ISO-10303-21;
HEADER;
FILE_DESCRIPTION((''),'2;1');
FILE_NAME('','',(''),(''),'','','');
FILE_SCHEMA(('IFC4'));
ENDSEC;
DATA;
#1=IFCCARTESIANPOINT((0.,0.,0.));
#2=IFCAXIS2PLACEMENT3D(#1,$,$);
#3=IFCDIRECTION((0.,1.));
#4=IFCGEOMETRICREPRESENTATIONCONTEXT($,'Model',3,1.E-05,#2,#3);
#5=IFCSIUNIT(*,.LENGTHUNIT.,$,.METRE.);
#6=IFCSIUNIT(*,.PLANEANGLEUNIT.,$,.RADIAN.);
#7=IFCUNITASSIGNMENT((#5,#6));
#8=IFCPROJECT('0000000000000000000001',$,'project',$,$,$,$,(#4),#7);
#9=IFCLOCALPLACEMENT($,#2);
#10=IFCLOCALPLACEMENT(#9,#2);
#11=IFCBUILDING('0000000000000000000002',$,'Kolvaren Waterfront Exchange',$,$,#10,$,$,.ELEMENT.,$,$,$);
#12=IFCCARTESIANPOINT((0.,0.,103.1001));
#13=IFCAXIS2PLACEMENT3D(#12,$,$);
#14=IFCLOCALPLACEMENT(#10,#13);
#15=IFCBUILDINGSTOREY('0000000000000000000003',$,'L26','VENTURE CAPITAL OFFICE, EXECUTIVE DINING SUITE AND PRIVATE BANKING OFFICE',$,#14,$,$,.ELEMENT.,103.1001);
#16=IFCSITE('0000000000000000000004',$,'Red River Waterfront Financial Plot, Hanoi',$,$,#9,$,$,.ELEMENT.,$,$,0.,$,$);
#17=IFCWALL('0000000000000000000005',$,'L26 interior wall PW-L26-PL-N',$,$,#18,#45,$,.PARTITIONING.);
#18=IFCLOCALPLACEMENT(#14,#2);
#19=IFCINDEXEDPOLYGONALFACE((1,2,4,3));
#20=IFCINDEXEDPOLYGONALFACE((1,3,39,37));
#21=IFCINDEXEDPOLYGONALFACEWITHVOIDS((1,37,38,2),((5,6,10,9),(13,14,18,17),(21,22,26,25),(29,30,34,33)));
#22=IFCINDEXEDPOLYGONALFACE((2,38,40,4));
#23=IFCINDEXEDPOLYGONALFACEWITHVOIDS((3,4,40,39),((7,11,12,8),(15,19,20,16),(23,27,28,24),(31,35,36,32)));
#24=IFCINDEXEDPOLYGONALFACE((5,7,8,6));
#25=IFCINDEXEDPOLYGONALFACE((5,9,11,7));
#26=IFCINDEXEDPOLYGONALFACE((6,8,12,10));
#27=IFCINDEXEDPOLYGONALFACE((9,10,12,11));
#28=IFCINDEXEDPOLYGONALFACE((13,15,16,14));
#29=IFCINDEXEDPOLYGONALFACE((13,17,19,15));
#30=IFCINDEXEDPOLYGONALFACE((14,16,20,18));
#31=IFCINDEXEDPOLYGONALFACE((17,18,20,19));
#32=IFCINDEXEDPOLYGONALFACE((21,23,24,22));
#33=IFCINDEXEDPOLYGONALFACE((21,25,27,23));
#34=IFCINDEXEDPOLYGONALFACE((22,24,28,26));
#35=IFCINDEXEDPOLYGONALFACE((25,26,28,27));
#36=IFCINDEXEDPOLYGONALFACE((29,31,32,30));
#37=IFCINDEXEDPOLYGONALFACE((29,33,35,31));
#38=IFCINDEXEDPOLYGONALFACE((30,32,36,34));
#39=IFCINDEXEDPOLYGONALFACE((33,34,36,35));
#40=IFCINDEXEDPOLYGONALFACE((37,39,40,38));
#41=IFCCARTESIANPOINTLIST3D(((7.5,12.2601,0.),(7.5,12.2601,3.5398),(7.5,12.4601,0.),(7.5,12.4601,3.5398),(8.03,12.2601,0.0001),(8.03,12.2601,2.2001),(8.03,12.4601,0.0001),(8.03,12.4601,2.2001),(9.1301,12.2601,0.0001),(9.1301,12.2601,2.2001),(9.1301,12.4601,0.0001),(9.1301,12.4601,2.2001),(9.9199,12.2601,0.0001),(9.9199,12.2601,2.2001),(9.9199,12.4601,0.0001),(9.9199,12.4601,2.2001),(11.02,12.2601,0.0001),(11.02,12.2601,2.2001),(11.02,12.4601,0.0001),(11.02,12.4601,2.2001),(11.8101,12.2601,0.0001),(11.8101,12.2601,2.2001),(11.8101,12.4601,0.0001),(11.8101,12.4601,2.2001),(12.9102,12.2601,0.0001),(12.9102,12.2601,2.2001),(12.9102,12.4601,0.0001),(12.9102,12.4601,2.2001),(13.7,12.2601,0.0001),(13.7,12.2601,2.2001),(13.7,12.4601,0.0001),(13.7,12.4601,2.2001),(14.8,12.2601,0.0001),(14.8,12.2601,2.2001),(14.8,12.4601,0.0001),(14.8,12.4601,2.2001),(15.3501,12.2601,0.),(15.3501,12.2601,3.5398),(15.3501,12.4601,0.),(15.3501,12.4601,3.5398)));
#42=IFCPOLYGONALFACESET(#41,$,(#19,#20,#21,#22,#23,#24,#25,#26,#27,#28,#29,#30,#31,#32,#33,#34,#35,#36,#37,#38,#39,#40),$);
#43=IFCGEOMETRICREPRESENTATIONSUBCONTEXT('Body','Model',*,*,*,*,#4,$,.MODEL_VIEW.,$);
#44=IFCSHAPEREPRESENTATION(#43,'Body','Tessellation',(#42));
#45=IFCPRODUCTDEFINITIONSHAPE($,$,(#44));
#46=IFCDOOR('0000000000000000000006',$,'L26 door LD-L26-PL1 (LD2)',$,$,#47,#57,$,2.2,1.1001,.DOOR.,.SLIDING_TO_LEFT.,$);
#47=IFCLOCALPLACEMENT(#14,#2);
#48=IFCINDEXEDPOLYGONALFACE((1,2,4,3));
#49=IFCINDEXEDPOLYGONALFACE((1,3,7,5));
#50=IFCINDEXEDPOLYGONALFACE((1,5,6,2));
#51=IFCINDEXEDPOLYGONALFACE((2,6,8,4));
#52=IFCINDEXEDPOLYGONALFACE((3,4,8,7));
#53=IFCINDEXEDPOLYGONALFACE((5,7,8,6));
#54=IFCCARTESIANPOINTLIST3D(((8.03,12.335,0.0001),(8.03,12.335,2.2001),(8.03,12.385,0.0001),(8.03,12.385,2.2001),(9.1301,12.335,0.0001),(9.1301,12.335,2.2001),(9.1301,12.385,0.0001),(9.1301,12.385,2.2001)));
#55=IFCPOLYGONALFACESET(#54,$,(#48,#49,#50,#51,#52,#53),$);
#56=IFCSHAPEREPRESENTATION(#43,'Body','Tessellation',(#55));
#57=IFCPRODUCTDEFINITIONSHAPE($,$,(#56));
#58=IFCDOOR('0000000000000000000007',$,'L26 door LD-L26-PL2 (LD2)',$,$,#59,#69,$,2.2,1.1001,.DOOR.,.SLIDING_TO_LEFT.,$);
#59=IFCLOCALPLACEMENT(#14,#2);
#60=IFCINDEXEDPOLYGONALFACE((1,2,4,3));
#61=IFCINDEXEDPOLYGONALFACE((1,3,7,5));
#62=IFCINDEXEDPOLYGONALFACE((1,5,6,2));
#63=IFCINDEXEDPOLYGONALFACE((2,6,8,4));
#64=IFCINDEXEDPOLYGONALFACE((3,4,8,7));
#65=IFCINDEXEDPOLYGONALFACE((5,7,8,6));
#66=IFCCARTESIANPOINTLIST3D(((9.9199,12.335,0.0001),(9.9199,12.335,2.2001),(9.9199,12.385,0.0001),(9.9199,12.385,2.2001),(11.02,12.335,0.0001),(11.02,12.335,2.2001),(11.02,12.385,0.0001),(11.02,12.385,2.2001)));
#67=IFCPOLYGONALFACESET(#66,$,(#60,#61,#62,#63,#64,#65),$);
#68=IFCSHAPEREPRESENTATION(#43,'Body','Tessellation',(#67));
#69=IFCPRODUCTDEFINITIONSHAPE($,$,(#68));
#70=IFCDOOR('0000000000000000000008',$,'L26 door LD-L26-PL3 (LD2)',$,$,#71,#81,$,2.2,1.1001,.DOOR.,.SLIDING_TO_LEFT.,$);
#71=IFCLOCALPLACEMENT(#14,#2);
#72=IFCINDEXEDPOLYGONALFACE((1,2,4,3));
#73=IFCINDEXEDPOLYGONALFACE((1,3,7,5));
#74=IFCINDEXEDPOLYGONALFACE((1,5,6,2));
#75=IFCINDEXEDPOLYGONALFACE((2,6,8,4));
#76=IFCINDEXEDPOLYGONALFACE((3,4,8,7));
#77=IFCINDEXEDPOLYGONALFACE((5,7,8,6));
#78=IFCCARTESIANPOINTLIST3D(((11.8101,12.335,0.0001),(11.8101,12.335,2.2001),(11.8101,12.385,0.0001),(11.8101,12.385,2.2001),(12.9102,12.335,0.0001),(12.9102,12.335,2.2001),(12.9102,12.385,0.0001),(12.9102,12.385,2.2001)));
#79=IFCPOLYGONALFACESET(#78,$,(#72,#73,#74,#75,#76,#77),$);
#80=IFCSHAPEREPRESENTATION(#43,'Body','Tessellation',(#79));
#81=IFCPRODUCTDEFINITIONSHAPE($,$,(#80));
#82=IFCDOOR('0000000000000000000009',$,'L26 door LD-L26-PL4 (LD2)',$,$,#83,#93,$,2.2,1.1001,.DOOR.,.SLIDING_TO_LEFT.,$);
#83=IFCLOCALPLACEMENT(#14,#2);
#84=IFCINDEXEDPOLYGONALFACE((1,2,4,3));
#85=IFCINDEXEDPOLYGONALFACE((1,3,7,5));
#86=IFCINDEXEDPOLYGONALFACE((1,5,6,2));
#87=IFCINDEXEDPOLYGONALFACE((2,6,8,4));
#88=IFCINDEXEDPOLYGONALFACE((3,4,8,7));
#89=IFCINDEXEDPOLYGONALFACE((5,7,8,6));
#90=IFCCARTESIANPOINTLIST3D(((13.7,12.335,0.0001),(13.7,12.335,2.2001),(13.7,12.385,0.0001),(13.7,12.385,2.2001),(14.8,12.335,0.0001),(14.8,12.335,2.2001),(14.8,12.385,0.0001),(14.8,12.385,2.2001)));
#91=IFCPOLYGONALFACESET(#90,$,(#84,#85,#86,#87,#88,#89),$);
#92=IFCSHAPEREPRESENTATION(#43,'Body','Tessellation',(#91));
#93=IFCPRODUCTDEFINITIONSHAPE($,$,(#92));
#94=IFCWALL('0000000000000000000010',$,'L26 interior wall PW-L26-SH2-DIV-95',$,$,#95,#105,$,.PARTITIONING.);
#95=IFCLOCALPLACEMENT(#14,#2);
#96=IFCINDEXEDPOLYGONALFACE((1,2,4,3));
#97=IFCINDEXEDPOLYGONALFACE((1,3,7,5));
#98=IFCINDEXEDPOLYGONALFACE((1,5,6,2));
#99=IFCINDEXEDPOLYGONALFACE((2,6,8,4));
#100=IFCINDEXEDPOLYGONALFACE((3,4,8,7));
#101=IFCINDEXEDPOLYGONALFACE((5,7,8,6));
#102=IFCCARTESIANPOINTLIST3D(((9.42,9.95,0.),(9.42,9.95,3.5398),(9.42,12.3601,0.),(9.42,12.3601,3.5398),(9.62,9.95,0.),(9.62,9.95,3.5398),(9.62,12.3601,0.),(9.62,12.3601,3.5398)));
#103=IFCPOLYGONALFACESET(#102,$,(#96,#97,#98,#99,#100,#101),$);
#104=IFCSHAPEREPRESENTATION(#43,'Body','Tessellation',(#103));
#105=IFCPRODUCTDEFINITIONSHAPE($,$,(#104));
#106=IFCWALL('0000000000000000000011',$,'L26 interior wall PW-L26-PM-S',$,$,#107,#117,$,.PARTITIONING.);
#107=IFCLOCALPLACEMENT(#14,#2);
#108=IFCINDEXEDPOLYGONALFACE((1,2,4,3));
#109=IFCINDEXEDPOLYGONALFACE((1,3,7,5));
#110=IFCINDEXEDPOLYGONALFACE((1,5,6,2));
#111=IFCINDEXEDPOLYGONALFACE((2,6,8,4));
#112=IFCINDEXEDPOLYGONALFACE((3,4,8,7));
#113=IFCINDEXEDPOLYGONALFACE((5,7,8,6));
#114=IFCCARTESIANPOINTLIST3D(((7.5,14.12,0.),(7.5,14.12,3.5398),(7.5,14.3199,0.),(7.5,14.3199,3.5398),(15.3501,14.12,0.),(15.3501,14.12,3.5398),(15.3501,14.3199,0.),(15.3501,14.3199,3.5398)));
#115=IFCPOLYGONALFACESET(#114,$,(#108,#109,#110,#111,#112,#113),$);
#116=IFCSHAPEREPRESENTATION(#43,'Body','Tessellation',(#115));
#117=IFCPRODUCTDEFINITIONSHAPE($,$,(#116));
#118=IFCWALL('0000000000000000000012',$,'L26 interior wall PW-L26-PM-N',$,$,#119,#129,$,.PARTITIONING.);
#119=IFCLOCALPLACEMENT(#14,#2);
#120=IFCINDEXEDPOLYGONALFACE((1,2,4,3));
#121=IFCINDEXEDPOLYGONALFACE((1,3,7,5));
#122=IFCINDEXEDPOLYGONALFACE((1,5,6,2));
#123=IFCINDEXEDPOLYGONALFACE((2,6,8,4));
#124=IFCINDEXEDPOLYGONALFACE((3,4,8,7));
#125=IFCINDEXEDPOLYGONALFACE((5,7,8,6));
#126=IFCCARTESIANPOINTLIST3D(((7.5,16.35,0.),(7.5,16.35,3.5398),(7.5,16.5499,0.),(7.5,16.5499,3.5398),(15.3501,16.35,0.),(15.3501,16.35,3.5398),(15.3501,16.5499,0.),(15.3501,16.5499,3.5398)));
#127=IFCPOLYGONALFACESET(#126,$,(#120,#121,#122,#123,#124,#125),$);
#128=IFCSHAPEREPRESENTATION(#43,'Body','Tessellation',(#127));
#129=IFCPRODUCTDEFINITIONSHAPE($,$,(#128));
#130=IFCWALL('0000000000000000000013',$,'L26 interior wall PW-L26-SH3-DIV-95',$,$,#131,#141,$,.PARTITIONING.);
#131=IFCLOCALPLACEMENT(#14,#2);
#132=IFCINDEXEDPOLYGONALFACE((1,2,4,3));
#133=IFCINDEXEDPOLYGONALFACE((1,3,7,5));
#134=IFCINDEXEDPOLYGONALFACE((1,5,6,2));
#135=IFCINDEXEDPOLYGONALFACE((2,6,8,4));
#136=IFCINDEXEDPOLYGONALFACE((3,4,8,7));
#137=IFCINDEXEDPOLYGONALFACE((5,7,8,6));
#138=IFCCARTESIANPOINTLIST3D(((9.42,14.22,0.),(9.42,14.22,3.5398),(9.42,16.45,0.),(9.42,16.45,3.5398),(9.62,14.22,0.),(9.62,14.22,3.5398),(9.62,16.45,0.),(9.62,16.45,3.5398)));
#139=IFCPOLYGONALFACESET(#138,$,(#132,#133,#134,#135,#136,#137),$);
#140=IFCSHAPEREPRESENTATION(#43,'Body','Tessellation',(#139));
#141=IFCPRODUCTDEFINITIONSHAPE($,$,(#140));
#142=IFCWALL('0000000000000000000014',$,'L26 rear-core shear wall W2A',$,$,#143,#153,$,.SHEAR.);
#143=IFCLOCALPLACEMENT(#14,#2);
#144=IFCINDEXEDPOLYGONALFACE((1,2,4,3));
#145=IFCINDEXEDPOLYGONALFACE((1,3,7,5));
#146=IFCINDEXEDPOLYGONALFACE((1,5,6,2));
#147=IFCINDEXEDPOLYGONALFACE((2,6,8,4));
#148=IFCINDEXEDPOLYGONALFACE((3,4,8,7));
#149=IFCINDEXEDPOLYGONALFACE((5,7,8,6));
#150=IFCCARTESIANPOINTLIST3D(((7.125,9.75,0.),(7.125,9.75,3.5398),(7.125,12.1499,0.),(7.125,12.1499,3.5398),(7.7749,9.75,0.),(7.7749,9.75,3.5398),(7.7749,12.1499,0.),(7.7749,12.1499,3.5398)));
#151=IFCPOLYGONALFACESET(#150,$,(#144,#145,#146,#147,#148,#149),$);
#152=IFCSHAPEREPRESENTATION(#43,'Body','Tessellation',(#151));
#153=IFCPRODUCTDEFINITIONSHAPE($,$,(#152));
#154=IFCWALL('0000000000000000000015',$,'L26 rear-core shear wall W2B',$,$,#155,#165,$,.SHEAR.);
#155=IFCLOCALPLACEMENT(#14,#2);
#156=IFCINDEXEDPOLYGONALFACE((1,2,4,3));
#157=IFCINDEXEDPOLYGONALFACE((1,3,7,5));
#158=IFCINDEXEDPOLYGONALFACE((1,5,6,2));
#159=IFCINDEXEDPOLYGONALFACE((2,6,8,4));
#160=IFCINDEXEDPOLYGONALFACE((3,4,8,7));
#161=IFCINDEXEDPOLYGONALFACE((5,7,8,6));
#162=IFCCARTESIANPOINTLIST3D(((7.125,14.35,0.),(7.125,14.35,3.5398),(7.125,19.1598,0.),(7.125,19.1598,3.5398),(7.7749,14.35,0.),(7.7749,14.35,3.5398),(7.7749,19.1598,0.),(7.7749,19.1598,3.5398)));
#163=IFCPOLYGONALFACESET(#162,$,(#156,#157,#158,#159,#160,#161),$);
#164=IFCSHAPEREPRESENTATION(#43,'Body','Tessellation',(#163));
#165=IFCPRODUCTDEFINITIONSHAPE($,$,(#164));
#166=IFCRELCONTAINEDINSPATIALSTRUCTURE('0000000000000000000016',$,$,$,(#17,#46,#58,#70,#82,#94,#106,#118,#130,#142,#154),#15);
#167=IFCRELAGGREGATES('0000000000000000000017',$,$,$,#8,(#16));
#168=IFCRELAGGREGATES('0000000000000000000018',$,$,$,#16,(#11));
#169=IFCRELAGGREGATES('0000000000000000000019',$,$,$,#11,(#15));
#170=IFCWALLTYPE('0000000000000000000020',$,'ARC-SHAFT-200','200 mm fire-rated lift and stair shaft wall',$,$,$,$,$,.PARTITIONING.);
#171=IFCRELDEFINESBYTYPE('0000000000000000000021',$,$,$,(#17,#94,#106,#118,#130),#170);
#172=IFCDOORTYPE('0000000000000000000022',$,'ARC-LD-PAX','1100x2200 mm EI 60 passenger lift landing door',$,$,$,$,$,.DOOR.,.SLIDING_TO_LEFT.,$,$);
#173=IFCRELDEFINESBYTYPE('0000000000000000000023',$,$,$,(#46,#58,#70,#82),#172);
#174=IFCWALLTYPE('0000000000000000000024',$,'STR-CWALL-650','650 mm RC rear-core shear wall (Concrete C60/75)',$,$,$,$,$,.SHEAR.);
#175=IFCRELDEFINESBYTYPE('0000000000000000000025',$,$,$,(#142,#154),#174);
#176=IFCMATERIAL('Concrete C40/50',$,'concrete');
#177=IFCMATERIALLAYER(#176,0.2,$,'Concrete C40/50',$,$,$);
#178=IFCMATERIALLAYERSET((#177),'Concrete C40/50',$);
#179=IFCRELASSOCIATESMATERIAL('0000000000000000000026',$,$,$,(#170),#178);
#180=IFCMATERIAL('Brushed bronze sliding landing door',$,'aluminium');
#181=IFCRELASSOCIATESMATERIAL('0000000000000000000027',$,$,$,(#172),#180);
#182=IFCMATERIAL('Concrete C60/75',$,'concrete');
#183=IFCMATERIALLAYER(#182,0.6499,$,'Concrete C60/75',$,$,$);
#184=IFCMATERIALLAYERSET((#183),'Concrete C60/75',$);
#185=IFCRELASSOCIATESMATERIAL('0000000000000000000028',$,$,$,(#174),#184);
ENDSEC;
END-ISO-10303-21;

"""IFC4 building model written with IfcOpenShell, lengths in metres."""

from ifc_helpers import new_model, si_unit, direction, frame, frame_2d, origin, place, context, subcontext, project, spatial, rectangle, extrude, material, layer, layer_set, type_object, element, fill, save


model = new_model("IFC4")

# Units and contexts
model_context = context("Model", 3, precision=1e-05, world=origin(), true_north=direction((0.0, 1.0)))
body_context = subcontext(model_context, "Body", "Model", "MODEL_VIEW")
ifc_project = project(units=[si_unit("LENGTHUNIT", "METRE"), si_unit("PLANEANGLEUNIT", "RADIAN")], contexts=[model_context])

# Site, building, storey
site_placement = place(None, origin())
site = spatial("IfcSite", under=ifc_project, at=site_placement, Name="Red River Waterfront Financial Plot, Hanoi", CompositionType="ELEMENT", RefElevation=0.0)
building_placement = place(site_placement, origin())
building = spatial("IfcBuilding", under=site, at=building_placement, Name="Kolvaren Waterfront Exchange", CompositionType="ELEMENT")
storey_placement = place(building_placement, frame((0.0, 0.0, 103.1001)))
storey = spatial("IfcBuildingStorey", under=building, at=storey_placement, Name="L26", Description="VENTURE CAPITAL OFFICE, EXECUTIVE DINING SUITE AND PRIVATE BANKING OFFICE", CompositionType="ELEMENT", Elevation=103.1001)

# Shared definitions
ifc_material_1 = material(Name="Concrete C60/75", Category="concrete")

# Wall, openings, doors
ifc_material_2 = material(Name="Concrete C40/50", Category="concrete")
ifc_layer_1 = layer(ifc_material_2, 0.2, Name="Concrete C40/50")
ifc_layer_set_1 = layer_set([ifc_layer_1], Name="Concrete C40/50")
wall_type_1 = type_object("IfcWallType", Name="ARC-SHAFT-200", Description="200 mm fire-rated lift and stair shaft wall", PredefinedType="PARTITIONING", material=ifc_layer_set_1)
wall_1_placement = place(storey_placement, frame((7.5, 12.3601, 0.0), z_axis=(0.0, 0.0, 1.0), x_axis=(1.0, 0.0, 0.0)))
wall_1 = element("IfcWall", 1, at=wall_1_placement, inside=storey, type_object=wall_type_1, Name="L26 interior wall PW-L26-PL-N", PredefinedType="PARTITIONING", context=body_context, shape_type="SweptSolid", body=[
    extrude(rectangle(XDim=7.8501, YDim=0.2, at=frame_2d((3.925, 0.0))), origin(), (0.0, 0.0, 1.0), 3.5398),
])
opening_1_placement = place(wall_1_placement, frame((0.53, 0.0, 0.0)))
opening_1 = element("IfcOpeningElement", 2, at=opening_1_placement, cuts=wall_1, PredefinedType="OPENING", context=body_context, shape_type="SweptSolid", body=[
    extrude(rectangle(XDim=1.1001, YDim=2.2, at=frame_2d((0.55, 1.1001))), frame((0.0, 0.1099, 0.0), z_axis=(0.0, -1.0, 0.0), x_axis=(1.0, 0.0, 0.0)), (0.0, 0.0, 1.0), 0.22),
])
opening_2_placement = place(wall_1_placement, frame((2.4199, 0.0, 0.0)))
opening_2 = element("IfcOpeningElement", 3, at=opening_2_placement, cuts=wall_1, PredefinedType="OPENING", context=body_context, shape_type="SweptSolid", body=[
    extrude(rectangle(XDim=1.1001, YDim=2.2, at=frame_2d((0.55, 1.1001))), frame((0.0, 0.1099, 0.0), z_axis=(0.0, -1.0, 0.0), x_axis=(1.0, 0.0, 0.0)), (0.0, 0.0, 1.0), 0.22),
])
opening_3_placement = place(wall_1_placement, frame((4.3101, 0.0, 0.0)))
opening_3 = element("IfcOpeningElement", 4, at=opening_3_placement, cuts=wall_1, PredefinedType="OPENING", context=body_context, shape_type="SweptSolid", body=[
    extrude(rectangle(XDim=1.1001, YDim=2.2, at=frame_2d((0.55, 1.1001))), frame((0.0, 0.1099, 0.0), z_axis=(0.0, -1.0, 0.0), x_axis=(1.0, 0.0, 0.0)), (0.0, 0.0, 1.0), 0.22),
])
opening_4_placement = place(wall_1_placement, frame((6.2, 0.0, 0.0)))
opening_4 = element("IfcOpeningElement", 5, at=opening_4_placement, cuts=wall_1, PredefinedType="OPENING", context=body_context, shape_type="SweptSolid", body=[
    extrude(rectangle(XDim=1.1001, YDim=2.2, at=frame_2d((0.55, 1.1001))), frame((0.0, 0.1099, 0.0), z_axis=(0.0, -1.0, 0.0), x_axis=(1.0, 0.0, 0.0)), (0.0, 0.0, 1.0), 0.22),
])
ifc_material_3 = material(Name="Brushed bronze sliding landing door", Category="aluminium")
door_type_1 = type_object("IfcDoorType", Name="ARC-LD-PAX", Description="1100x2200 mm EI 60 passenger lift landing door", OperationType="SLIDING_TO_LEFT", PredefinedType="DOOR", material=ifc_material_3)
door_1_placement = place(opening_1_placement, origin())
door_1 = element("IfcDoor", 6, at=door_1_placement, inside=storey, type_object=door_type_1, Name="L26 door LD-L26-PL1 (LD2)", OperationType="SLIDING_TO_LEFT", OverallHeight=2.2, OverallWidth=1.1001, PredefinedType="DOOR", context=body_context, shape_type="SweptSolid", body=[
    extrude(rectangle(XDim=1.1001, YDim=2.2, at=frame_2d((0.55, 1.1001))), frame((0.0, 0.0249, 0.0), z_axis=(0.0, -1.0, 0.0), x_axis=(1.0, 0.0, 0.0)), (0.0, 0.0, 1.0), 0.05),
])
fill(opening_1, door_1)
door_2_placement = place(opening_2_placement, origin())
door_2 = element("IfcDoor", 7, at=door_2_placement, inside=storey, type_object=door_type_1, Name="L26 door LD-L26-PL2 (LD2)", OperationType="SLIDING_TO_LEFT", OverallHeight=2.2, OverallWidth=1.1001, PredefinedType="DOOR", context=body_context, shape_type="SweptSolid", body=[
    extrude(rectangle(XDim=1.1001, YDim=2.2, at=frame_2d((0.55, 1.1001))), frame((0.0, 0.0249, 0.0), z_axis=(0.0, -1.0, 0.0), x_axis=(1.0, 0.0, 0.0)), (0.0, 0.0, 1.0), 0.05),
])
fill(opening_2, door_2)
door_3_placement = place(opening_3_placement, origin())
door_3 = element("IfcDoor", 8, at=door_3_placement, inside=storey, type_object=door_type_1, Name="L26 door LD-L26-PL3 (LD2)", OperationType="SLIDING_TO_LEFT", OverallHeight=2.2, OverallWidth=1.1001, PredefinedType="DOOR", context=body_context, shape_type="SweptSolid", body=[
    extrude(rectangle(XDim=1.1001, YDim=2.2, at=frame_2d((0.55, 1.1001))), frame((0.0, 0.0249, 0.0), z_axis=(0.0, -1.0, 0.0), x_axis=(1.0, 0.0, 0.0)), (0.0, 0.0, 1.0), 0.05),
])
fill(opening_3, door_3)
door_4_placement = place(opening_4_placement, origin())
door_4 = element("IfcDoor", 9, at=door_4_placement, inside=storey, type_object=door_type_1, Name="L26 door LD-L26-PL4 (LD2)", OperationType="SLIDING_TO_LEFT", OverallHeight=2.2, OverallWidth=1.1001, PredefinedType="DOOR", context=body_context, shape_type="SweptSolid", body=[
    extrude(rectangle(XDim=1.1001, YDim=2.2, at=frame_2d((0.55, 1.1001))), frame((0.0, 0.0249, 0.0), z_axis=(0.0, -1.0, 0.0), x_axis=(1.0, 0.0, 0.0)), (0.0, 0.0, 1.0), 0.05),
])
fill(opening_4, door_4)

# Walls
wall_2_placement = place(storey_placement, frame((9.52, 9.95, 0.0), z_axis=(0.0, 0.0, 1.0), x_axis=(0.0, 1.0, 0.0)))
element("IfcWall", 10, at=wall_2_placement, inside=storey, type_object=wall_type_1, Name="L26 interior wall PW-L26-SH2-DIV-95", PredefinedType="PARTITIONING", context=body_context, shape_type="SweptSolid", body=[
    extrude(rectangle(XDim=2.4102, YDim=0.2, at=frame_2d((1.2051, 0.0))), origin(), (0.0, 0.0, 1.0), 3.5398),
])
for number, where, z_axis, x_axis, name in (
    (11, (7.5, 14.22, 0.0), (0.0, 0.0, 1.0), (1.0, 0.0, 0.0), "L26 interior wall PW-L26-PM-S"),
    (12, (7.5, 16.45, 0.0), (0.0, 0.0, 1.0), (1.0, 0.0, 0.0), "L26 interior wall PW-L26-PM-N"),
):
    element("IfcWall", number, at=place(storey_placement, frame(where, z_axis=z_axis, x_axis=x_axis)), inside=storey, type_object=wall_type_1, Name=name, PredefinedType="PARTITIONING", context=body_context, shape_type="SweptSolid", body=[
        extrude(rectangle(XDim=7.8501, YDim=0.2, at=frame_2d((3.925, 0.0))), origin(), (0.0, 0.0, 1.0), 3.5398),
    ])
wall_3_placement = place(storey_placement, frame((9.52, 14.22, 0.0), z_axis=(0.0, 0.0, 1.0), x_axis=(0.0, 1.0, 0.0)))
element("IfcWall", 13, at=wall_3_placement, inside=storey, type_object=wall_type_1, Name="L26 interior wall PW-L26-SH3-DIV-95", PredefinedType="PARTITIONING", context=body_context, shape_type="SweptSolid", body=[
    extrude(rectangle(XDim=2.23, YDim=0.2, at=frame_2d((1.115, 0.0))), origin(), (0.0, 0.0, 1.0), 3.5398),
])
ifc_layer_2 = layer(ifc_material_1, 0.6499, Name="Concrete C60/75")
ifc_layer_set_2 = layer_set([ifc_layer_2], Name="Concrete C60/75")
wall_type_2 = type_object("IfcWallType", Name="STR-CWALL-650", Description="650 mm RC rear-core shear wall (Concrete C60/75)", PredefinedType="SHEAR", material=ifc_layer_set_2)
wall_4_placement = place(storey_placement, frame((7.45, 9.75, 0.0), z_axis=(0.0, 0.0, 1.0), x_axis=(0.0, 1.0, 0.0)))
element("IfcWall", 14, at=wall_4_placement, inside=storey, type_object=wall_type_2, Name="L26 rear-core shear wall W2A", PredefinedType="SHEAR", context=body_context, shape_type="SweptSolid", body=[
    extrude(rectangle(XDim=2.3999, YDim=0.6499, at=frame_2d((1.2, 0.0))), origin(), (0.0, 0.0, 1.0), 3.5398),
])
wall_5_placement = place(storey_placement, frame((7.45, 14.3501, 0.0), z_axis=(0.0, 0.0, 1.0), x_axis=(0.0, 1.0, 0.0)))
element("IfcWall", 15, at=wall_5_placement, inside=storey, type_object=wall_type_2, Name="L26 rear-core shear wall W2B", PredefinedType="SHEAR", context=body_context, shape_type="SweptSolid", body=[
    extrude(rectangle(XDim=4.8098, YDim=0.6499, at=frame_2d((2.4048, 0.0))), origin(), (0.0, 0.0, 1.0), 3.5398),
])

save(model, "model.ifc")
